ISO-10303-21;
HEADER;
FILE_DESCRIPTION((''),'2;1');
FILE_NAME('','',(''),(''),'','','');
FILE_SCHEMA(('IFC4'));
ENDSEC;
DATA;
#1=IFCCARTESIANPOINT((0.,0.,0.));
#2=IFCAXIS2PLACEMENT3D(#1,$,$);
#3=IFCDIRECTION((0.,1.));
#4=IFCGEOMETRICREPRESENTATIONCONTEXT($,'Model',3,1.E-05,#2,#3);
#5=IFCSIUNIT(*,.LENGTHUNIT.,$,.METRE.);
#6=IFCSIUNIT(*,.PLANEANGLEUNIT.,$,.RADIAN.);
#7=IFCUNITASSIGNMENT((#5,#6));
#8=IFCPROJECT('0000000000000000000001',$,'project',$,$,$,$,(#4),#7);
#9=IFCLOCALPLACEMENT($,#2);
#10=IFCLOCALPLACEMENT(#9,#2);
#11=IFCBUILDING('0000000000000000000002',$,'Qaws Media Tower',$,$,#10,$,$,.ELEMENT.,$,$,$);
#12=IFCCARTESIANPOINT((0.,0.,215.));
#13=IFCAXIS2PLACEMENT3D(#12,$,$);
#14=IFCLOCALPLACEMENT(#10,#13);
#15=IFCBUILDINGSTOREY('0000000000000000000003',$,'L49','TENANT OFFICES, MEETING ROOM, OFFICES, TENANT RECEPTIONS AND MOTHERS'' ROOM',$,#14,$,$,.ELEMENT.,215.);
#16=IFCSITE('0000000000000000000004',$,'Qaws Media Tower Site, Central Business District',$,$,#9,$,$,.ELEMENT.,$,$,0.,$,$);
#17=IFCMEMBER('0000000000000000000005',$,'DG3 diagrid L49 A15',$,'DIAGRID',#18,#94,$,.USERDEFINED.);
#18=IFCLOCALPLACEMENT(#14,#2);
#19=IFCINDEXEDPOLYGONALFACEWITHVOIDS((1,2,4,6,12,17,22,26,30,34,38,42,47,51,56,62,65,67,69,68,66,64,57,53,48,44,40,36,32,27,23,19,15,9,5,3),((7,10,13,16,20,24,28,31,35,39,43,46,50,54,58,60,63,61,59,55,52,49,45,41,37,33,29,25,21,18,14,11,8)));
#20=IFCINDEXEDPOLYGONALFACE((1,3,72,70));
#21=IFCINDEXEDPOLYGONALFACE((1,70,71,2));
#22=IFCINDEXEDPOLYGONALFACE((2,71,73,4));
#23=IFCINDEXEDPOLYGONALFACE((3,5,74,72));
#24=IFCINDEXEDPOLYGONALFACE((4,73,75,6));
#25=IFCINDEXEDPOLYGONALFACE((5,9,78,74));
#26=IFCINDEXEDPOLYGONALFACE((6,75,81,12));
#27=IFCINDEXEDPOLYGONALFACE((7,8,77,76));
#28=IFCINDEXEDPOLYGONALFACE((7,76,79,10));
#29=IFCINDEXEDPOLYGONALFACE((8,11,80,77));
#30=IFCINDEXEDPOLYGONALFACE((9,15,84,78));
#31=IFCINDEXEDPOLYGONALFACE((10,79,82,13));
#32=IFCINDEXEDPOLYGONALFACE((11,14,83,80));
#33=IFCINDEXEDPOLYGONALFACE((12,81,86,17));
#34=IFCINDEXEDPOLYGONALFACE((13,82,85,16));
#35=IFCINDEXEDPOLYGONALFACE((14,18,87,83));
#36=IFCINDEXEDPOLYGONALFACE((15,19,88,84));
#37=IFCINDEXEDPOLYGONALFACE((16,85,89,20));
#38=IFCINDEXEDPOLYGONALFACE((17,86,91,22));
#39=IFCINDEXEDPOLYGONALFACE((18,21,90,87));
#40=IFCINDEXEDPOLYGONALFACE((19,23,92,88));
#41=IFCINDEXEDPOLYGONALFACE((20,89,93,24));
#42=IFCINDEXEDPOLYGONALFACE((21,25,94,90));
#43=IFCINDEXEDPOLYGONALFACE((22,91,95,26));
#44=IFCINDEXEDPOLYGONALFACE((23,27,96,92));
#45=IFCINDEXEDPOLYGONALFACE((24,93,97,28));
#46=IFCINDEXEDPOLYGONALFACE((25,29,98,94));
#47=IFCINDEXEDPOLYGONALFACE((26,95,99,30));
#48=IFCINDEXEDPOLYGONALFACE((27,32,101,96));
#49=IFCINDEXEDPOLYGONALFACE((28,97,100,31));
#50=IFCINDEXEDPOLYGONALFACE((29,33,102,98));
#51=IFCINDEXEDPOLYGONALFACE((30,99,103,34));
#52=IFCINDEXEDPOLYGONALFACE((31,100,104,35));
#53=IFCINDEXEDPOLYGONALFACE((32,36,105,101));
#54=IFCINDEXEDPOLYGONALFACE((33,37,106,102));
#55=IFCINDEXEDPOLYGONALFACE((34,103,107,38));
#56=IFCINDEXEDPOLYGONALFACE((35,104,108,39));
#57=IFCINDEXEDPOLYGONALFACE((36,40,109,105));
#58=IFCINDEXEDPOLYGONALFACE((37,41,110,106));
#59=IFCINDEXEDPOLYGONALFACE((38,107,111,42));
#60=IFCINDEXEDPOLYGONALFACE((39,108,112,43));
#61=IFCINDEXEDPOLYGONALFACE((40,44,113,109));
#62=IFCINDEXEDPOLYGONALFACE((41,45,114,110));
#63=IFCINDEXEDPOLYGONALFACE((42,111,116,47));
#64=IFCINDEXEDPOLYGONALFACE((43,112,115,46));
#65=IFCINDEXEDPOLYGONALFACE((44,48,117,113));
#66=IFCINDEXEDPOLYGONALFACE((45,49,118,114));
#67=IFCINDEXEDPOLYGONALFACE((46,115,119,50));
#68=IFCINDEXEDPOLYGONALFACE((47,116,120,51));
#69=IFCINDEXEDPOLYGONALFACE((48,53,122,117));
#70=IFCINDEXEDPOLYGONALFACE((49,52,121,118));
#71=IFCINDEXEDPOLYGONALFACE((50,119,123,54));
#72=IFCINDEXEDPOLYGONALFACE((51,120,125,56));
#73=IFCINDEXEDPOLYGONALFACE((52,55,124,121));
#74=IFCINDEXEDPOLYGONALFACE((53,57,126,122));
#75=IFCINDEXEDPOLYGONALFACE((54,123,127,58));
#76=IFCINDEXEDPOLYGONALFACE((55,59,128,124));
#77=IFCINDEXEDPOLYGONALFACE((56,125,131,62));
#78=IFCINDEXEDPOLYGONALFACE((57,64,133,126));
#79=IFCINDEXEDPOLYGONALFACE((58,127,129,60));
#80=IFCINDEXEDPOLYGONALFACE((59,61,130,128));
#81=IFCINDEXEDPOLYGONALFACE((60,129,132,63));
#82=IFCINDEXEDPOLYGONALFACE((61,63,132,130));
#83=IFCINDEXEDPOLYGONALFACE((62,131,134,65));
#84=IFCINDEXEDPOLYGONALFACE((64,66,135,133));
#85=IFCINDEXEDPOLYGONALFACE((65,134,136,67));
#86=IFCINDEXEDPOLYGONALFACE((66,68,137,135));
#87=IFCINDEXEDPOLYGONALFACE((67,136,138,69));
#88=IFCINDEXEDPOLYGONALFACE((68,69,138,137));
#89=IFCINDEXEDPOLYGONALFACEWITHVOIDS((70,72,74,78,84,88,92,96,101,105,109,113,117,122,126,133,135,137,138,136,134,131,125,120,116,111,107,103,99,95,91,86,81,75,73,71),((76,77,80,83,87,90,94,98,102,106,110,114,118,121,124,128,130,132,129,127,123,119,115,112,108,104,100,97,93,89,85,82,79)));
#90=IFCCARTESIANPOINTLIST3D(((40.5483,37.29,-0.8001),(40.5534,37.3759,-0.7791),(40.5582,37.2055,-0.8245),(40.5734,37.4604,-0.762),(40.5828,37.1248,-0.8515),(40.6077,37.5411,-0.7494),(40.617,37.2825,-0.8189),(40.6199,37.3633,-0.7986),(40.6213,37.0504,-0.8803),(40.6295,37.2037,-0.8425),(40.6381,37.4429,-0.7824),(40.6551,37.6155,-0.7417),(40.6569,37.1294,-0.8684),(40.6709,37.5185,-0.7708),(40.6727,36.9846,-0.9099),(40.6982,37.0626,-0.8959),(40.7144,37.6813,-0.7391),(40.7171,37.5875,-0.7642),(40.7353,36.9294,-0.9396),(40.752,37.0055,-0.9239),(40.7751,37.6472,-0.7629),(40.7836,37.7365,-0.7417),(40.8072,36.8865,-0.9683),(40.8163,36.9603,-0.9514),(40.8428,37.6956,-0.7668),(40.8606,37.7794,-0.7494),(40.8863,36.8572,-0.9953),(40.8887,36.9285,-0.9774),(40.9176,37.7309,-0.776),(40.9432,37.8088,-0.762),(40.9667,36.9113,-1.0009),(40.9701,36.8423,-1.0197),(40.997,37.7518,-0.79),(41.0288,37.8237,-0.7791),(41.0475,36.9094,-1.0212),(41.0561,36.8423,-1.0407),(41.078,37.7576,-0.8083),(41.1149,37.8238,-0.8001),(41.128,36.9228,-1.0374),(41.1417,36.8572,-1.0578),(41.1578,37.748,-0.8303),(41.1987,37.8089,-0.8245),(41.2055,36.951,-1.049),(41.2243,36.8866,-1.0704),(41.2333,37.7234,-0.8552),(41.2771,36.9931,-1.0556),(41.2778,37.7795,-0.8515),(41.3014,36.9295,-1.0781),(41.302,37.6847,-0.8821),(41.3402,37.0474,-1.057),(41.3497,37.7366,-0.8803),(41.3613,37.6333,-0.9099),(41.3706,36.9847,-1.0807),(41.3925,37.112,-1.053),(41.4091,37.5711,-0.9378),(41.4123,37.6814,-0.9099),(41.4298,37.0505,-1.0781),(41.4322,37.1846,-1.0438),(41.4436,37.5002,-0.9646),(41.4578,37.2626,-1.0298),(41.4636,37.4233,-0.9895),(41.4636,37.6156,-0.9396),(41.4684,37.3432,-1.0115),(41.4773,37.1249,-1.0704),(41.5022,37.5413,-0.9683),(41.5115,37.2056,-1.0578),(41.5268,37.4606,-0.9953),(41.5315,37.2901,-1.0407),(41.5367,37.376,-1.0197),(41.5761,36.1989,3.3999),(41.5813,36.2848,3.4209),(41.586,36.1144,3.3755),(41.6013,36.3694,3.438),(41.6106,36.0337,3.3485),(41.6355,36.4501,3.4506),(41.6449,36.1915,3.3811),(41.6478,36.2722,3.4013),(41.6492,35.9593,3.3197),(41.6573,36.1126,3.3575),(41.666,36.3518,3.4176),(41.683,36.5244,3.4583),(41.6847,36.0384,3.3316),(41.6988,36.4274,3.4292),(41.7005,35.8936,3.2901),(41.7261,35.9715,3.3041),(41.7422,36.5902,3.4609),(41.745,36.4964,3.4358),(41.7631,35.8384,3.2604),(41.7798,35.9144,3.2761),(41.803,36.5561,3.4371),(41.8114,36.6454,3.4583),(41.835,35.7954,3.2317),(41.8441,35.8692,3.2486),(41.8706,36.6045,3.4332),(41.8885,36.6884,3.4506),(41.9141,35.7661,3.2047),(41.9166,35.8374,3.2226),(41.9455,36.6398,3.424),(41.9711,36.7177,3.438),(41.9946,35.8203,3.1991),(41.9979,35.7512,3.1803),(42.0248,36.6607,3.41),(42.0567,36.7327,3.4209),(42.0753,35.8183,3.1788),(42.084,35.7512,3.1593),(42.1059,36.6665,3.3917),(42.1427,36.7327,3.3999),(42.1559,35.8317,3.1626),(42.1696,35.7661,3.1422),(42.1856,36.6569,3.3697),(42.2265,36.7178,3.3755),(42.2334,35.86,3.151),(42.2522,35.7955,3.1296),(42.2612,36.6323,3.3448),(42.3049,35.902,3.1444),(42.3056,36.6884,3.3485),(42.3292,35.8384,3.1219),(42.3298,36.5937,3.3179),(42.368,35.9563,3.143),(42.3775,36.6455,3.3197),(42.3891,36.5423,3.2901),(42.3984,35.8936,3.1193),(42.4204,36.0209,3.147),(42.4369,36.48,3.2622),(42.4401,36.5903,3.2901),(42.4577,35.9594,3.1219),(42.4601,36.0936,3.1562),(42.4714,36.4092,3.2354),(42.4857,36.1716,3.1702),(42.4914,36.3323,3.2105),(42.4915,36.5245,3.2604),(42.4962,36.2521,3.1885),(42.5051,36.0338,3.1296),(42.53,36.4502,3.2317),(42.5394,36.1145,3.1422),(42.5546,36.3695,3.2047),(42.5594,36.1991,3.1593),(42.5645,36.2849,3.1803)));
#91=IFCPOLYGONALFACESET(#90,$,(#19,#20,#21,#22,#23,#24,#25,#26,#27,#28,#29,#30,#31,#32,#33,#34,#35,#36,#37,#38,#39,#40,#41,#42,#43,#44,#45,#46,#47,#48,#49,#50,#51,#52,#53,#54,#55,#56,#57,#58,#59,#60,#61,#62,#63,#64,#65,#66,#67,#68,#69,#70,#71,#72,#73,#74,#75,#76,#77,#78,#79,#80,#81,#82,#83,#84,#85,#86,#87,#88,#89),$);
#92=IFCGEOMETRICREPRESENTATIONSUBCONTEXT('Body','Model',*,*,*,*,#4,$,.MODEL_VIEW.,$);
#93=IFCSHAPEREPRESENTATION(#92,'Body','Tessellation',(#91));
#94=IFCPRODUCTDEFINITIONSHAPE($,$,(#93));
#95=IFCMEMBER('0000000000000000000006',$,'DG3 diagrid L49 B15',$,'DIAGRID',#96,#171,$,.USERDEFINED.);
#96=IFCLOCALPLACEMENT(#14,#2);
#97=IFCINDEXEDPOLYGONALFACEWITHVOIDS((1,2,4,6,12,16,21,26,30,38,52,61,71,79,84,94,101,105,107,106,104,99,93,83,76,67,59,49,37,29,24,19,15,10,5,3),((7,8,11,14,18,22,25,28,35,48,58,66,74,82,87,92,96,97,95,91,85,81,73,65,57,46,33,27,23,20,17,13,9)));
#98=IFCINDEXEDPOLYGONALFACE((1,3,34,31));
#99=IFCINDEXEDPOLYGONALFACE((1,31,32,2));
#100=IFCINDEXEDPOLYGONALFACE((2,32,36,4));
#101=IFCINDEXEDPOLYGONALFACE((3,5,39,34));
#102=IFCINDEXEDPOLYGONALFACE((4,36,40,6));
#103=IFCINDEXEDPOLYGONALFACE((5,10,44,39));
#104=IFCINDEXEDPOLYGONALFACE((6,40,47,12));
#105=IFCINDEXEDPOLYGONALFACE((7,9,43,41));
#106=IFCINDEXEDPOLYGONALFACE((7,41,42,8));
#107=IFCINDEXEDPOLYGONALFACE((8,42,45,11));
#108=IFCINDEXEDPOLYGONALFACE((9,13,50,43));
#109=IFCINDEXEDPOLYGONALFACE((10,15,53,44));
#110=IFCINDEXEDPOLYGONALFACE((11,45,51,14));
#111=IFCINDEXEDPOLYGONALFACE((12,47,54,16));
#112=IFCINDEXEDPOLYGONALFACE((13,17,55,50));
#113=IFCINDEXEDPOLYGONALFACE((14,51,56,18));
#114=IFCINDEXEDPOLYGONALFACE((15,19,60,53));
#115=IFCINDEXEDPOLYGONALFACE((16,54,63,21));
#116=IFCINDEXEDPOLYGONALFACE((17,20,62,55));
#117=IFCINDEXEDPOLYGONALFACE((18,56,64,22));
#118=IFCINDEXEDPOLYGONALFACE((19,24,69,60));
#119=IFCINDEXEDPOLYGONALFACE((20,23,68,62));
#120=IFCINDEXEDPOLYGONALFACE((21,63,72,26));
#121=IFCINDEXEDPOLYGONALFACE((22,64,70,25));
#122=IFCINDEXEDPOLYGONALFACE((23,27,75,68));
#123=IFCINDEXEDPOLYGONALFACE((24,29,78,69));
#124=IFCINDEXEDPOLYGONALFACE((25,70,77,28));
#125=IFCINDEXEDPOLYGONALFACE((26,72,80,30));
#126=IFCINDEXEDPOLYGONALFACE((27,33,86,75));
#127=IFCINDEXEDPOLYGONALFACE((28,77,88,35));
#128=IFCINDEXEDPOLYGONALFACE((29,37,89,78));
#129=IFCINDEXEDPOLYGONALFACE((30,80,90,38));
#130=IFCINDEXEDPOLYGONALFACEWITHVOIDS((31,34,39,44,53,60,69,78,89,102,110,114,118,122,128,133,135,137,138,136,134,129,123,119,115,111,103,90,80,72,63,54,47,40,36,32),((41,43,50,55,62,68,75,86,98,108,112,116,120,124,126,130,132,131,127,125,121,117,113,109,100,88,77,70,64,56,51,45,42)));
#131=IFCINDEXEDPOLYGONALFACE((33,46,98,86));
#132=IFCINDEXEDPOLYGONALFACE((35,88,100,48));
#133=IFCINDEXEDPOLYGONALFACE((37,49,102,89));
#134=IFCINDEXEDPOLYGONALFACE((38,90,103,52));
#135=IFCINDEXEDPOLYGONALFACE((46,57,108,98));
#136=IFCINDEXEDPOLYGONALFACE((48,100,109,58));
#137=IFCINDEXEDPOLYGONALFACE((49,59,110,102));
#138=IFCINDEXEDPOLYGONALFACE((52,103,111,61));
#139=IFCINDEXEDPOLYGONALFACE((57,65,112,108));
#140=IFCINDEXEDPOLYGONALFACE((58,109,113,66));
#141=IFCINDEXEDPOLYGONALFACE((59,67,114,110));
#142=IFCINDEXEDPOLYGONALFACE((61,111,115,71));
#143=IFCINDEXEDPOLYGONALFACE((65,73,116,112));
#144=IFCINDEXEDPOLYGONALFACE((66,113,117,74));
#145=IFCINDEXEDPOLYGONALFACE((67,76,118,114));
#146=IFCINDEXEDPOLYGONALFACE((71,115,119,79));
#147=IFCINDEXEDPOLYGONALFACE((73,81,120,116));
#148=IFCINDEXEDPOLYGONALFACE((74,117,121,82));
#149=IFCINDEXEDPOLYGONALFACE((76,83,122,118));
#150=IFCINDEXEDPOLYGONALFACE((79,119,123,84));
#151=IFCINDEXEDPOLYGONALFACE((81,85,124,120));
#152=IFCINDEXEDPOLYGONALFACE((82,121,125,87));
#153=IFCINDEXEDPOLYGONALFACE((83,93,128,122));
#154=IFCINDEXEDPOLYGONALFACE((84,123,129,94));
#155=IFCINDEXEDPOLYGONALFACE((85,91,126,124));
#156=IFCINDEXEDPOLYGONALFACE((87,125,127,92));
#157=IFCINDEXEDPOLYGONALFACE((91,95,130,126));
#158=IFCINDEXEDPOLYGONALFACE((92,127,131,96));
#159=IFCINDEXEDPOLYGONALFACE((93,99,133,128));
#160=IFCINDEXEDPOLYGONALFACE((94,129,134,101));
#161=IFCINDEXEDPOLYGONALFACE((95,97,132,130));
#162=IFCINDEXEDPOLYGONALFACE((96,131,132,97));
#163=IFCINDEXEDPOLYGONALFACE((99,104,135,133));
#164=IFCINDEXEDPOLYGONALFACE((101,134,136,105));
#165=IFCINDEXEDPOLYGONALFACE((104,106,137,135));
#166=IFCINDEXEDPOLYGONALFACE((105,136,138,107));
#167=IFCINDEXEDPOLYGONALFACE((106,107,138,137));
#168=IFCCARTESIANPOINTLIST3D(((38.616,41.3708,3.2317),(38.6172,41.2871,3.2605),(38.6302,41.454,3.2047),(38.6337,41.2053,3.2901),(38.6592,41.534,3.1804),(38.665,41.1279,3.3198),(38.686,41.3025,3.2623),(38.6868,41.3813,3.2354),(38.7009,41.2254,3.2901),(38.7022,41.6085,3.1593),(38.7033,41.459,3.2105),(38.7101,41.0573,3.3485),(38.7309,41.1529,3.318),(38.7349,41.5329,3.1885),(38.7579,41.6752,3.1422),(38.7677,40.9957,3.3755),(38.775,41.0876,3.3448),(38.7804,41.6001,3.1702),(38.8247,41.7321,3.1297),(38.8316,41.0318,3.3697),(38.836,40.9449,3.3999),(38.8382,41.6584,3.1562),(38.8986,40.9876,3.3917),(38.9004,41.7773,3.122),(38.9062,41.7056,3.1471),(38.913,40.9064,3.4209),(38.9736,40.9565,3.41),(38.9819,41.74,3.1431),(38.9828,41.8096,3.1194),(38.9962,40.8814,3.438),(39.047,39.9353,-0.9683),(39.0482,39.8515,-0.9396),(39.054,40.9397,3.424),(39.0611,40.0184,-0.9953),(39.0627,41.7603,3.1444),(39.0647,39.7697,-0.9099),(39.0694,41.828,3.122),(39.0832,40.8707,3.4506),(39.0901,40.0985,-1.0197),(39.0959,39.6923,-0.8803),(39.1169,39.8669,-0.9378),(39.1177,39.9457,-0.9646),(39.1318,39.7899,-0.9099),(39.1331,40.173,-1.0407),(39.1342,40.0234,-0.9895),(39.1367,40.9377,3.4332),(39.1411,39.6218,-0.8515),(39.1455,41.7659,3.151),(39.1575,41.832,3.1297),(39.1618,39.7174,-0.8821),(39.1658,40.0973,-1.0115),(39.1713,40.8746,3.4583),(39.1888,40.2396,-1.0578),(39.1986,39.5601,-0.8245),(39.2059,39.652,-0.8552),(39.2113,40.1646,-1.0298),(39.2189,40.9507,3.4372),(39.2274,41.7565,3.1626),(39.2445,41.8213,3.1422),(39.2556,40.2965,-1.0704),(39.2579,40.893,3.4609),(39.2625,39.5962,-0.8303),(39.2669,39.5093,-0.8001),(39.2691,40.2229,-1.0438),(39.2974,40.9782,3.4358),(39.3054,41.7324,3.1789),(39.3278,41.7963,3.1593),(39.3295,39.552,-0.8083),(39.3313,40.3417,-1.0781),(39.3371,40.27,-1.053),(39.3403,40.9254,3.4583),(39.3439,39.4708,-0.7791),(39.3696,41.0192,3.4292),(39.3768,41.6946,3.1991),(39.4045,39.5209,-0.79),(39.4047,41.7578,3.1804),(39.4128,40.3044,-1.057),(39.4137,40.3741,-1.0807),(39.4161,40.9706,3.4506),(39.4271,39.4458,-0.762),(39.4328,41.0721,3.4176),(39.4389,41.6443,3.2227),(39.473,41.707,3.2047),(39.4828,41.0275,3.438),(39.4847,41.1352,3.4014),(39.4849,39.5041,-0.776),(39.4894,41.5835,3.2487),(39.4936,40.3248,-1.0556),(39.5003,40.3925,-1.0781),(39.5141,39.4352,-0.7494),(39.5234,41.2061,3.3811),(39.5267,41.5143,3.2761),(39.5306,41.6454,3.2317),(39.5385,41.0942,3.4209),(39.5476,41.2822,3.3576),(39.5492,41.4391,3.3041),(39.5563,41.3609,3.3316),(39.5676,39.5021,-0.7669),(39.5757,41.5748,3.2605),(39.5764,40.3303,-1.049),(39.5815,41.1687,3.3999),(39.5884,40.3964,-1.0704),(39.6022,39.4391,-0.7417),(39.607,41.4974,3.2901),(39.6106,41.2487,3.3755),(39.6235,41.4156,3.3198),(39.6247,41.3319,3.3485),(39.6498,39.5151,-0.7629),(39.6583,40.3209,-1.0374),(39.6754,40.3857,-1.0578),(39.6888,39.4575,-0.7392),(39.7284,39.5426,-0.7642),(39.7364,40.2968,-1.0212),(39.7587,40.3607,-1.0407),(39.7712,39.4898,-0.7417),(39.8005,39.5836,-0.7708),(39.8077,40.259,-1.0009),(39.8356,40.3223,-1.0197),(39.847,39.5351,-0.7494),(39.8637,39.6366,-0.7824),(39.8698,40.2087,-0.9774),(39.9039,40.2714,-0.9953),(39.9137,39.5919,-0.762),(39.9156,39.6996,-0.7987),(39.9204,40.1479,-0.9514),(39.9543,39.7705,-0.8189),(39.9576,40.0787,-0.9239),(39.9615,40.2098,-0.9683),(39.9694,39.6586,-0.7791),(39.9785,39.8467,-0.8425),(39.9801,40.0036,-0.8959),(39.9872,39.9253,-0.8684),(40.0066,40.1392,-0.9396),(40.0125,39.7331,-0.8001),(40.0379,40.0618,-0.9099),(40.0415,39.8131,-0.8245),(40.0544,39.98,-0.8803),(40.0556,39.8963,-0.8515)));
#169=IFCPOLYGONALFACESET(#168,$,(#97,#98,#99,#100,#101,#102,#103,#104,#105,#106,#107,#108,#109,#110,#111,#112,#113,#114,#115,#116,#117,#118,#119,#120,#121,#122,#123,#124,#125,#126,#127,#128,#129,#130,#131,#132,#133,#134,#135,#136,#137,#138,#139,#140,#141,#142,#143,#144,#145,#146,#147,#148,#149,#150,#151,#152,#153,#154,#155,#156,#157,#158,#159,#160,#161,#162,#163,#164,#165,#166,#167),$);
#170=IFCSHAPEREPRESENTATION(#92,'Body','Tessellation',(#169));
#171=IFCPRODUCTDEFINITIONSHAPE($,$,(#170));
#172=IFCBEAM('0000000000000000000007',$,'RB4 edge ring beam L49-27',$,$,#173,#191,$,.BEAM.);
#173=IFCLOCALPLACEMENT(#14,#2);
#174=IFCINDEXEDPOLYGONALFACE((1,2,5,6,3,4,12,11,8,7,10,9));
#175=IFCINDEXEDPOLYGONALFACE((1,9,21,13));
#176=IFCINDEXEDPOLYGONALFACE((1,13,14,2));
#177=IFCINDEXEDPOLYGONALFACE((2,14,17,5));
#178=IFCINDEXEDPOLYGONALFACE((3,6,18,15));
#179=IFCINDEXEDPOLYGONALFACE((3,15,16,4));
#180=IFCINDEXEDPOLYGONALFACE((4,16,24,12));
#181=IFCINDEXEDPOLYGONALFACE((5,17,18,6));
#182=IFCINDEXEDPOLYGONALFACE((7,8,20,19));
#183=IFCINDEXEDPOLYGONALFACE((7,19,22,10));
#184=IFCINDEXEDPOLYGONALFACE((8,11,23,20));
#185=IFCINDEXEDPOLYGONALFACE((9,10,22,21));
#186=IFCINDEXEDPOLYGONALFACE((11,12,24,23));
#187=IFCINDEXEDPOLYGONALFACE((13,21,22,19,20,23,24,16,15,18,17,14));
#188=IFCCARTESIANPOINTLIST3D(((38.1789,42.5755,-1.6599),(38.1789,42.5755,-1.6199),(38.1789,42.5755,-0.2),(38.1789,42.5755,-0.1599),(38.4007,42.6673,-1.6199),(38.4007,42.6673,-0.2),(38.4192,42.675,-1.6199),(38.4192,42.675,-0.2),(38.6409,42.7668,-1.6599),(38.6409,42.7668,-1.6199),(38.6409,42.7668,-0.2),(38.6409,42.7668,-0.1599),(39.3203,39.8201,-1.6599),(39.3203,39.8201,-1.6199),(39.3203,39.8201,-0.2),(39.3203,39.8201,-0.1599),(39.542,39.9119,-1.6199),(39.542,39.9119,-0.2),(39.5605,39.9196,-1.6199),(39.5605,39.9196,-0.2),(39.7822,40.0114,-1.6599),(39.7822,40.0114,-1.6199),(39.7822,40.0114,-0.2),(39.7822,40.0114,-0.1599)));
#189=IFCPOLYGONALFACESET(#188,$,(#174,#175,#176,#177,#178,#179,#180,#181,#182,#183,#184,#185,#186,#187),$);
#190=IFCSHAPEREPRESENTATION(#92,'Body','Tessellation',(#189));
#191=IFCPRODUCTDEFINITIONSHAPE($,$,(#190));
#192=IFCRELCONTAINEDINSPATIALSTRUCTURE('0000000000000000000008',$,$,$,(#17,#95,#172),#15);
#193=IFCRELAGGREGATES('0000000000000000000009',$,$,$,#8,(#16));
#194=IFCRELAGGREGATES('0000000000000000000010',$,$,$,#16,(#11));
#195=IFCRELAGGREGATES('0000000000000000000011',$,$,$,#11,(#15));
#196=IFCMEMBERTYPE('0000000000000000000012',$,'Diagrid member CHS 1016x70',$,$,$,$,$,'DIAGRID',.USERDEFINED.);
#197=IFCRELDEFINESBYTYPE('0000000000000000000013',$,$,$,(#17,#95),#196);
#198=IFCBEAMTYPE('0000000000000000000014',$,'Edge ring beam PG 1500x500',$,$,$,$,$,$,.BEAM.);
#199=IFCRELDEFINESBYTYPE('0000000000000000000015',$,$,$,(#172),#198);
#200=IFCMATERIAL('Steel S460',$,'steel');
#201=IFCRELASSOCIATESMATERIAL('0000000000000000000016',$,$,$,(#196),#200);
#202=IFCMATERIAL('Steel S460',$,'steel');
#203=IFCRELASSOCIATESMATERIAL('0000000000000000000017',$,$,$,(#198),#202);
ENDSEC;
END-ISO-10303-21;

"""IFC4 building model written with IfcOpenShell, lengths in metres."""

from ifc_helpers import new_model, si_unit, direction, frame, origin, origin_2d, place, context, subcontext, project, spatial, hollow_circle, i_section, extrude, material, material_profile, profile_set, type_object, element, save


model = new_model("IFC4")

# Units and contexts
model_context = context("Model", 3, precision=1e-05, world=origin(), true_north=direction((0.0, 1.0)))
body_context = subcontext(model_context, "Body", "Model", "MODEL_VIEW")
ifc_project = project(units=[si_unit("LENGTHUNIT", "METRE"), si_unit("PLANEANGLEUNIT", "RADIAN")], contexts=[model_context])

# Site, building, storey
site_placement = place(None, origin())
site = spatial("IfcSite", under=ifc_project, at=site_placement, Name="Qaws Media Tower Site, Central Business District", CompositionType="ELEMENT", RefElevation=0.0)
building_placement = place(site_placement, origin())
building = spatial("IfcBuilding", under=site, at=building_placement, Name="Qaws Media Tower", CompositionType="ELEMENT")
storey_placement = place(building_placement, frame((0.0, 0.0, 215.0)))
storey = spatial("IfcBuildingStorey", under=building, at=storey_placement, Name="L49", Description="TENANT OFFICES, MEETING ROOM, OFFICES, TENANT RECEPTIONS AND MOTHERS' ROOM", CompositionType="ELEMENT", Elevation=215.0)

# Members
ifc_material_1 = material(Name="Steel S460", Category="steel")
ifc_material_profile_1 = material_profile(ifc_material_1, hollow_circle(Radius=0.5081, WallThickness=0.0701, at=origin_2d()), Name="CHS 1016x70")
ifc_profile_set_1 = profile_set([ifc_material_profile_1], Name="Steel S460")
member_type_1 = type_object("IfcMemberType", Name="Diagrid member CHS 1016x70", ElementType="DIAGRID", PredefinedType="USERDEFINED", material=ifc_profile_set_1)
for number, where, z_axis, x_axis, name in (
    (1, (41.0425, 37.333, -0.9099), (0.230485, -0.244665, 0.941815), (0.727884, 0.6857, 0.0), "DG3 diagrid L49 A15"),
    (2, (39.5513, 39.9158, -0.9099), (-0.09663, 0.321916, 0.941824), (-0.957781, -0.287497, 0.0), "DG3 diagrid L49 B15"),
):
    element("IfcMember", number, at=place(storey_placement, frame(where, z_axis=z_axis, x_axis=x_axis)), inside=storey, type_object=member_type_1, Name=name, ObjectType="DIAGRID", PredefinedType="USERDEFINED", context=body_context, shape_type="SweptSolid", body=[
        extrude(hollow_circle(Radius=0.5081, WallThickness=0.0701, at=origin_2d()), origin(), (0.0, 0.0, 1.0), 4.4595),
    ])

# Beam
ifc_material_2 = material(Name="Steel S460", Category="steel")
ifc_material_profile_2 = material_profile(ifc_material_2, i_section(OverallWidth=0.5, OverallDepth=1.5, WebThickness=0.02, FlangeThickness=0.04, at=origin_2d()), Name="PG 1500x500")
ifc_profile_set_2 = profile_set([ifc_material_profile_2], Name="Steel S460")
beam_type = type_object("IfcBeamType", Name="Edge ring beam PG 1500x500", PredefinedType="BEAM", material=ifc_profile_set_2)
for number, where, z_axis, x_axis, name in (
    (3, (38.4099, 42.6711, -0.9099), (0.382696, -0.923874, 0.0), (0.923874, 0.382696, 0.0), "RB4 edge ring beam L49-27"),
):
    element("IfcBeam", number, at=place(storey_placement, frame(where, z_axis=z_axis, x_axis=x_axis)), inside=storey, type_object=beam_type, Name=name, PredefinedType="BEAM", context=body_context, shape_type="SweptSolid", body=[
        extrude(i_section(OverallWidth=0.5, OverallDepth=1.5, WebThickness=0.02, FlangeThickness=0.04, at=origin_2d()), origin(), (0.0, 0.0, 1.0), 2.9824),
    ])

save(model, "model.ifc")
